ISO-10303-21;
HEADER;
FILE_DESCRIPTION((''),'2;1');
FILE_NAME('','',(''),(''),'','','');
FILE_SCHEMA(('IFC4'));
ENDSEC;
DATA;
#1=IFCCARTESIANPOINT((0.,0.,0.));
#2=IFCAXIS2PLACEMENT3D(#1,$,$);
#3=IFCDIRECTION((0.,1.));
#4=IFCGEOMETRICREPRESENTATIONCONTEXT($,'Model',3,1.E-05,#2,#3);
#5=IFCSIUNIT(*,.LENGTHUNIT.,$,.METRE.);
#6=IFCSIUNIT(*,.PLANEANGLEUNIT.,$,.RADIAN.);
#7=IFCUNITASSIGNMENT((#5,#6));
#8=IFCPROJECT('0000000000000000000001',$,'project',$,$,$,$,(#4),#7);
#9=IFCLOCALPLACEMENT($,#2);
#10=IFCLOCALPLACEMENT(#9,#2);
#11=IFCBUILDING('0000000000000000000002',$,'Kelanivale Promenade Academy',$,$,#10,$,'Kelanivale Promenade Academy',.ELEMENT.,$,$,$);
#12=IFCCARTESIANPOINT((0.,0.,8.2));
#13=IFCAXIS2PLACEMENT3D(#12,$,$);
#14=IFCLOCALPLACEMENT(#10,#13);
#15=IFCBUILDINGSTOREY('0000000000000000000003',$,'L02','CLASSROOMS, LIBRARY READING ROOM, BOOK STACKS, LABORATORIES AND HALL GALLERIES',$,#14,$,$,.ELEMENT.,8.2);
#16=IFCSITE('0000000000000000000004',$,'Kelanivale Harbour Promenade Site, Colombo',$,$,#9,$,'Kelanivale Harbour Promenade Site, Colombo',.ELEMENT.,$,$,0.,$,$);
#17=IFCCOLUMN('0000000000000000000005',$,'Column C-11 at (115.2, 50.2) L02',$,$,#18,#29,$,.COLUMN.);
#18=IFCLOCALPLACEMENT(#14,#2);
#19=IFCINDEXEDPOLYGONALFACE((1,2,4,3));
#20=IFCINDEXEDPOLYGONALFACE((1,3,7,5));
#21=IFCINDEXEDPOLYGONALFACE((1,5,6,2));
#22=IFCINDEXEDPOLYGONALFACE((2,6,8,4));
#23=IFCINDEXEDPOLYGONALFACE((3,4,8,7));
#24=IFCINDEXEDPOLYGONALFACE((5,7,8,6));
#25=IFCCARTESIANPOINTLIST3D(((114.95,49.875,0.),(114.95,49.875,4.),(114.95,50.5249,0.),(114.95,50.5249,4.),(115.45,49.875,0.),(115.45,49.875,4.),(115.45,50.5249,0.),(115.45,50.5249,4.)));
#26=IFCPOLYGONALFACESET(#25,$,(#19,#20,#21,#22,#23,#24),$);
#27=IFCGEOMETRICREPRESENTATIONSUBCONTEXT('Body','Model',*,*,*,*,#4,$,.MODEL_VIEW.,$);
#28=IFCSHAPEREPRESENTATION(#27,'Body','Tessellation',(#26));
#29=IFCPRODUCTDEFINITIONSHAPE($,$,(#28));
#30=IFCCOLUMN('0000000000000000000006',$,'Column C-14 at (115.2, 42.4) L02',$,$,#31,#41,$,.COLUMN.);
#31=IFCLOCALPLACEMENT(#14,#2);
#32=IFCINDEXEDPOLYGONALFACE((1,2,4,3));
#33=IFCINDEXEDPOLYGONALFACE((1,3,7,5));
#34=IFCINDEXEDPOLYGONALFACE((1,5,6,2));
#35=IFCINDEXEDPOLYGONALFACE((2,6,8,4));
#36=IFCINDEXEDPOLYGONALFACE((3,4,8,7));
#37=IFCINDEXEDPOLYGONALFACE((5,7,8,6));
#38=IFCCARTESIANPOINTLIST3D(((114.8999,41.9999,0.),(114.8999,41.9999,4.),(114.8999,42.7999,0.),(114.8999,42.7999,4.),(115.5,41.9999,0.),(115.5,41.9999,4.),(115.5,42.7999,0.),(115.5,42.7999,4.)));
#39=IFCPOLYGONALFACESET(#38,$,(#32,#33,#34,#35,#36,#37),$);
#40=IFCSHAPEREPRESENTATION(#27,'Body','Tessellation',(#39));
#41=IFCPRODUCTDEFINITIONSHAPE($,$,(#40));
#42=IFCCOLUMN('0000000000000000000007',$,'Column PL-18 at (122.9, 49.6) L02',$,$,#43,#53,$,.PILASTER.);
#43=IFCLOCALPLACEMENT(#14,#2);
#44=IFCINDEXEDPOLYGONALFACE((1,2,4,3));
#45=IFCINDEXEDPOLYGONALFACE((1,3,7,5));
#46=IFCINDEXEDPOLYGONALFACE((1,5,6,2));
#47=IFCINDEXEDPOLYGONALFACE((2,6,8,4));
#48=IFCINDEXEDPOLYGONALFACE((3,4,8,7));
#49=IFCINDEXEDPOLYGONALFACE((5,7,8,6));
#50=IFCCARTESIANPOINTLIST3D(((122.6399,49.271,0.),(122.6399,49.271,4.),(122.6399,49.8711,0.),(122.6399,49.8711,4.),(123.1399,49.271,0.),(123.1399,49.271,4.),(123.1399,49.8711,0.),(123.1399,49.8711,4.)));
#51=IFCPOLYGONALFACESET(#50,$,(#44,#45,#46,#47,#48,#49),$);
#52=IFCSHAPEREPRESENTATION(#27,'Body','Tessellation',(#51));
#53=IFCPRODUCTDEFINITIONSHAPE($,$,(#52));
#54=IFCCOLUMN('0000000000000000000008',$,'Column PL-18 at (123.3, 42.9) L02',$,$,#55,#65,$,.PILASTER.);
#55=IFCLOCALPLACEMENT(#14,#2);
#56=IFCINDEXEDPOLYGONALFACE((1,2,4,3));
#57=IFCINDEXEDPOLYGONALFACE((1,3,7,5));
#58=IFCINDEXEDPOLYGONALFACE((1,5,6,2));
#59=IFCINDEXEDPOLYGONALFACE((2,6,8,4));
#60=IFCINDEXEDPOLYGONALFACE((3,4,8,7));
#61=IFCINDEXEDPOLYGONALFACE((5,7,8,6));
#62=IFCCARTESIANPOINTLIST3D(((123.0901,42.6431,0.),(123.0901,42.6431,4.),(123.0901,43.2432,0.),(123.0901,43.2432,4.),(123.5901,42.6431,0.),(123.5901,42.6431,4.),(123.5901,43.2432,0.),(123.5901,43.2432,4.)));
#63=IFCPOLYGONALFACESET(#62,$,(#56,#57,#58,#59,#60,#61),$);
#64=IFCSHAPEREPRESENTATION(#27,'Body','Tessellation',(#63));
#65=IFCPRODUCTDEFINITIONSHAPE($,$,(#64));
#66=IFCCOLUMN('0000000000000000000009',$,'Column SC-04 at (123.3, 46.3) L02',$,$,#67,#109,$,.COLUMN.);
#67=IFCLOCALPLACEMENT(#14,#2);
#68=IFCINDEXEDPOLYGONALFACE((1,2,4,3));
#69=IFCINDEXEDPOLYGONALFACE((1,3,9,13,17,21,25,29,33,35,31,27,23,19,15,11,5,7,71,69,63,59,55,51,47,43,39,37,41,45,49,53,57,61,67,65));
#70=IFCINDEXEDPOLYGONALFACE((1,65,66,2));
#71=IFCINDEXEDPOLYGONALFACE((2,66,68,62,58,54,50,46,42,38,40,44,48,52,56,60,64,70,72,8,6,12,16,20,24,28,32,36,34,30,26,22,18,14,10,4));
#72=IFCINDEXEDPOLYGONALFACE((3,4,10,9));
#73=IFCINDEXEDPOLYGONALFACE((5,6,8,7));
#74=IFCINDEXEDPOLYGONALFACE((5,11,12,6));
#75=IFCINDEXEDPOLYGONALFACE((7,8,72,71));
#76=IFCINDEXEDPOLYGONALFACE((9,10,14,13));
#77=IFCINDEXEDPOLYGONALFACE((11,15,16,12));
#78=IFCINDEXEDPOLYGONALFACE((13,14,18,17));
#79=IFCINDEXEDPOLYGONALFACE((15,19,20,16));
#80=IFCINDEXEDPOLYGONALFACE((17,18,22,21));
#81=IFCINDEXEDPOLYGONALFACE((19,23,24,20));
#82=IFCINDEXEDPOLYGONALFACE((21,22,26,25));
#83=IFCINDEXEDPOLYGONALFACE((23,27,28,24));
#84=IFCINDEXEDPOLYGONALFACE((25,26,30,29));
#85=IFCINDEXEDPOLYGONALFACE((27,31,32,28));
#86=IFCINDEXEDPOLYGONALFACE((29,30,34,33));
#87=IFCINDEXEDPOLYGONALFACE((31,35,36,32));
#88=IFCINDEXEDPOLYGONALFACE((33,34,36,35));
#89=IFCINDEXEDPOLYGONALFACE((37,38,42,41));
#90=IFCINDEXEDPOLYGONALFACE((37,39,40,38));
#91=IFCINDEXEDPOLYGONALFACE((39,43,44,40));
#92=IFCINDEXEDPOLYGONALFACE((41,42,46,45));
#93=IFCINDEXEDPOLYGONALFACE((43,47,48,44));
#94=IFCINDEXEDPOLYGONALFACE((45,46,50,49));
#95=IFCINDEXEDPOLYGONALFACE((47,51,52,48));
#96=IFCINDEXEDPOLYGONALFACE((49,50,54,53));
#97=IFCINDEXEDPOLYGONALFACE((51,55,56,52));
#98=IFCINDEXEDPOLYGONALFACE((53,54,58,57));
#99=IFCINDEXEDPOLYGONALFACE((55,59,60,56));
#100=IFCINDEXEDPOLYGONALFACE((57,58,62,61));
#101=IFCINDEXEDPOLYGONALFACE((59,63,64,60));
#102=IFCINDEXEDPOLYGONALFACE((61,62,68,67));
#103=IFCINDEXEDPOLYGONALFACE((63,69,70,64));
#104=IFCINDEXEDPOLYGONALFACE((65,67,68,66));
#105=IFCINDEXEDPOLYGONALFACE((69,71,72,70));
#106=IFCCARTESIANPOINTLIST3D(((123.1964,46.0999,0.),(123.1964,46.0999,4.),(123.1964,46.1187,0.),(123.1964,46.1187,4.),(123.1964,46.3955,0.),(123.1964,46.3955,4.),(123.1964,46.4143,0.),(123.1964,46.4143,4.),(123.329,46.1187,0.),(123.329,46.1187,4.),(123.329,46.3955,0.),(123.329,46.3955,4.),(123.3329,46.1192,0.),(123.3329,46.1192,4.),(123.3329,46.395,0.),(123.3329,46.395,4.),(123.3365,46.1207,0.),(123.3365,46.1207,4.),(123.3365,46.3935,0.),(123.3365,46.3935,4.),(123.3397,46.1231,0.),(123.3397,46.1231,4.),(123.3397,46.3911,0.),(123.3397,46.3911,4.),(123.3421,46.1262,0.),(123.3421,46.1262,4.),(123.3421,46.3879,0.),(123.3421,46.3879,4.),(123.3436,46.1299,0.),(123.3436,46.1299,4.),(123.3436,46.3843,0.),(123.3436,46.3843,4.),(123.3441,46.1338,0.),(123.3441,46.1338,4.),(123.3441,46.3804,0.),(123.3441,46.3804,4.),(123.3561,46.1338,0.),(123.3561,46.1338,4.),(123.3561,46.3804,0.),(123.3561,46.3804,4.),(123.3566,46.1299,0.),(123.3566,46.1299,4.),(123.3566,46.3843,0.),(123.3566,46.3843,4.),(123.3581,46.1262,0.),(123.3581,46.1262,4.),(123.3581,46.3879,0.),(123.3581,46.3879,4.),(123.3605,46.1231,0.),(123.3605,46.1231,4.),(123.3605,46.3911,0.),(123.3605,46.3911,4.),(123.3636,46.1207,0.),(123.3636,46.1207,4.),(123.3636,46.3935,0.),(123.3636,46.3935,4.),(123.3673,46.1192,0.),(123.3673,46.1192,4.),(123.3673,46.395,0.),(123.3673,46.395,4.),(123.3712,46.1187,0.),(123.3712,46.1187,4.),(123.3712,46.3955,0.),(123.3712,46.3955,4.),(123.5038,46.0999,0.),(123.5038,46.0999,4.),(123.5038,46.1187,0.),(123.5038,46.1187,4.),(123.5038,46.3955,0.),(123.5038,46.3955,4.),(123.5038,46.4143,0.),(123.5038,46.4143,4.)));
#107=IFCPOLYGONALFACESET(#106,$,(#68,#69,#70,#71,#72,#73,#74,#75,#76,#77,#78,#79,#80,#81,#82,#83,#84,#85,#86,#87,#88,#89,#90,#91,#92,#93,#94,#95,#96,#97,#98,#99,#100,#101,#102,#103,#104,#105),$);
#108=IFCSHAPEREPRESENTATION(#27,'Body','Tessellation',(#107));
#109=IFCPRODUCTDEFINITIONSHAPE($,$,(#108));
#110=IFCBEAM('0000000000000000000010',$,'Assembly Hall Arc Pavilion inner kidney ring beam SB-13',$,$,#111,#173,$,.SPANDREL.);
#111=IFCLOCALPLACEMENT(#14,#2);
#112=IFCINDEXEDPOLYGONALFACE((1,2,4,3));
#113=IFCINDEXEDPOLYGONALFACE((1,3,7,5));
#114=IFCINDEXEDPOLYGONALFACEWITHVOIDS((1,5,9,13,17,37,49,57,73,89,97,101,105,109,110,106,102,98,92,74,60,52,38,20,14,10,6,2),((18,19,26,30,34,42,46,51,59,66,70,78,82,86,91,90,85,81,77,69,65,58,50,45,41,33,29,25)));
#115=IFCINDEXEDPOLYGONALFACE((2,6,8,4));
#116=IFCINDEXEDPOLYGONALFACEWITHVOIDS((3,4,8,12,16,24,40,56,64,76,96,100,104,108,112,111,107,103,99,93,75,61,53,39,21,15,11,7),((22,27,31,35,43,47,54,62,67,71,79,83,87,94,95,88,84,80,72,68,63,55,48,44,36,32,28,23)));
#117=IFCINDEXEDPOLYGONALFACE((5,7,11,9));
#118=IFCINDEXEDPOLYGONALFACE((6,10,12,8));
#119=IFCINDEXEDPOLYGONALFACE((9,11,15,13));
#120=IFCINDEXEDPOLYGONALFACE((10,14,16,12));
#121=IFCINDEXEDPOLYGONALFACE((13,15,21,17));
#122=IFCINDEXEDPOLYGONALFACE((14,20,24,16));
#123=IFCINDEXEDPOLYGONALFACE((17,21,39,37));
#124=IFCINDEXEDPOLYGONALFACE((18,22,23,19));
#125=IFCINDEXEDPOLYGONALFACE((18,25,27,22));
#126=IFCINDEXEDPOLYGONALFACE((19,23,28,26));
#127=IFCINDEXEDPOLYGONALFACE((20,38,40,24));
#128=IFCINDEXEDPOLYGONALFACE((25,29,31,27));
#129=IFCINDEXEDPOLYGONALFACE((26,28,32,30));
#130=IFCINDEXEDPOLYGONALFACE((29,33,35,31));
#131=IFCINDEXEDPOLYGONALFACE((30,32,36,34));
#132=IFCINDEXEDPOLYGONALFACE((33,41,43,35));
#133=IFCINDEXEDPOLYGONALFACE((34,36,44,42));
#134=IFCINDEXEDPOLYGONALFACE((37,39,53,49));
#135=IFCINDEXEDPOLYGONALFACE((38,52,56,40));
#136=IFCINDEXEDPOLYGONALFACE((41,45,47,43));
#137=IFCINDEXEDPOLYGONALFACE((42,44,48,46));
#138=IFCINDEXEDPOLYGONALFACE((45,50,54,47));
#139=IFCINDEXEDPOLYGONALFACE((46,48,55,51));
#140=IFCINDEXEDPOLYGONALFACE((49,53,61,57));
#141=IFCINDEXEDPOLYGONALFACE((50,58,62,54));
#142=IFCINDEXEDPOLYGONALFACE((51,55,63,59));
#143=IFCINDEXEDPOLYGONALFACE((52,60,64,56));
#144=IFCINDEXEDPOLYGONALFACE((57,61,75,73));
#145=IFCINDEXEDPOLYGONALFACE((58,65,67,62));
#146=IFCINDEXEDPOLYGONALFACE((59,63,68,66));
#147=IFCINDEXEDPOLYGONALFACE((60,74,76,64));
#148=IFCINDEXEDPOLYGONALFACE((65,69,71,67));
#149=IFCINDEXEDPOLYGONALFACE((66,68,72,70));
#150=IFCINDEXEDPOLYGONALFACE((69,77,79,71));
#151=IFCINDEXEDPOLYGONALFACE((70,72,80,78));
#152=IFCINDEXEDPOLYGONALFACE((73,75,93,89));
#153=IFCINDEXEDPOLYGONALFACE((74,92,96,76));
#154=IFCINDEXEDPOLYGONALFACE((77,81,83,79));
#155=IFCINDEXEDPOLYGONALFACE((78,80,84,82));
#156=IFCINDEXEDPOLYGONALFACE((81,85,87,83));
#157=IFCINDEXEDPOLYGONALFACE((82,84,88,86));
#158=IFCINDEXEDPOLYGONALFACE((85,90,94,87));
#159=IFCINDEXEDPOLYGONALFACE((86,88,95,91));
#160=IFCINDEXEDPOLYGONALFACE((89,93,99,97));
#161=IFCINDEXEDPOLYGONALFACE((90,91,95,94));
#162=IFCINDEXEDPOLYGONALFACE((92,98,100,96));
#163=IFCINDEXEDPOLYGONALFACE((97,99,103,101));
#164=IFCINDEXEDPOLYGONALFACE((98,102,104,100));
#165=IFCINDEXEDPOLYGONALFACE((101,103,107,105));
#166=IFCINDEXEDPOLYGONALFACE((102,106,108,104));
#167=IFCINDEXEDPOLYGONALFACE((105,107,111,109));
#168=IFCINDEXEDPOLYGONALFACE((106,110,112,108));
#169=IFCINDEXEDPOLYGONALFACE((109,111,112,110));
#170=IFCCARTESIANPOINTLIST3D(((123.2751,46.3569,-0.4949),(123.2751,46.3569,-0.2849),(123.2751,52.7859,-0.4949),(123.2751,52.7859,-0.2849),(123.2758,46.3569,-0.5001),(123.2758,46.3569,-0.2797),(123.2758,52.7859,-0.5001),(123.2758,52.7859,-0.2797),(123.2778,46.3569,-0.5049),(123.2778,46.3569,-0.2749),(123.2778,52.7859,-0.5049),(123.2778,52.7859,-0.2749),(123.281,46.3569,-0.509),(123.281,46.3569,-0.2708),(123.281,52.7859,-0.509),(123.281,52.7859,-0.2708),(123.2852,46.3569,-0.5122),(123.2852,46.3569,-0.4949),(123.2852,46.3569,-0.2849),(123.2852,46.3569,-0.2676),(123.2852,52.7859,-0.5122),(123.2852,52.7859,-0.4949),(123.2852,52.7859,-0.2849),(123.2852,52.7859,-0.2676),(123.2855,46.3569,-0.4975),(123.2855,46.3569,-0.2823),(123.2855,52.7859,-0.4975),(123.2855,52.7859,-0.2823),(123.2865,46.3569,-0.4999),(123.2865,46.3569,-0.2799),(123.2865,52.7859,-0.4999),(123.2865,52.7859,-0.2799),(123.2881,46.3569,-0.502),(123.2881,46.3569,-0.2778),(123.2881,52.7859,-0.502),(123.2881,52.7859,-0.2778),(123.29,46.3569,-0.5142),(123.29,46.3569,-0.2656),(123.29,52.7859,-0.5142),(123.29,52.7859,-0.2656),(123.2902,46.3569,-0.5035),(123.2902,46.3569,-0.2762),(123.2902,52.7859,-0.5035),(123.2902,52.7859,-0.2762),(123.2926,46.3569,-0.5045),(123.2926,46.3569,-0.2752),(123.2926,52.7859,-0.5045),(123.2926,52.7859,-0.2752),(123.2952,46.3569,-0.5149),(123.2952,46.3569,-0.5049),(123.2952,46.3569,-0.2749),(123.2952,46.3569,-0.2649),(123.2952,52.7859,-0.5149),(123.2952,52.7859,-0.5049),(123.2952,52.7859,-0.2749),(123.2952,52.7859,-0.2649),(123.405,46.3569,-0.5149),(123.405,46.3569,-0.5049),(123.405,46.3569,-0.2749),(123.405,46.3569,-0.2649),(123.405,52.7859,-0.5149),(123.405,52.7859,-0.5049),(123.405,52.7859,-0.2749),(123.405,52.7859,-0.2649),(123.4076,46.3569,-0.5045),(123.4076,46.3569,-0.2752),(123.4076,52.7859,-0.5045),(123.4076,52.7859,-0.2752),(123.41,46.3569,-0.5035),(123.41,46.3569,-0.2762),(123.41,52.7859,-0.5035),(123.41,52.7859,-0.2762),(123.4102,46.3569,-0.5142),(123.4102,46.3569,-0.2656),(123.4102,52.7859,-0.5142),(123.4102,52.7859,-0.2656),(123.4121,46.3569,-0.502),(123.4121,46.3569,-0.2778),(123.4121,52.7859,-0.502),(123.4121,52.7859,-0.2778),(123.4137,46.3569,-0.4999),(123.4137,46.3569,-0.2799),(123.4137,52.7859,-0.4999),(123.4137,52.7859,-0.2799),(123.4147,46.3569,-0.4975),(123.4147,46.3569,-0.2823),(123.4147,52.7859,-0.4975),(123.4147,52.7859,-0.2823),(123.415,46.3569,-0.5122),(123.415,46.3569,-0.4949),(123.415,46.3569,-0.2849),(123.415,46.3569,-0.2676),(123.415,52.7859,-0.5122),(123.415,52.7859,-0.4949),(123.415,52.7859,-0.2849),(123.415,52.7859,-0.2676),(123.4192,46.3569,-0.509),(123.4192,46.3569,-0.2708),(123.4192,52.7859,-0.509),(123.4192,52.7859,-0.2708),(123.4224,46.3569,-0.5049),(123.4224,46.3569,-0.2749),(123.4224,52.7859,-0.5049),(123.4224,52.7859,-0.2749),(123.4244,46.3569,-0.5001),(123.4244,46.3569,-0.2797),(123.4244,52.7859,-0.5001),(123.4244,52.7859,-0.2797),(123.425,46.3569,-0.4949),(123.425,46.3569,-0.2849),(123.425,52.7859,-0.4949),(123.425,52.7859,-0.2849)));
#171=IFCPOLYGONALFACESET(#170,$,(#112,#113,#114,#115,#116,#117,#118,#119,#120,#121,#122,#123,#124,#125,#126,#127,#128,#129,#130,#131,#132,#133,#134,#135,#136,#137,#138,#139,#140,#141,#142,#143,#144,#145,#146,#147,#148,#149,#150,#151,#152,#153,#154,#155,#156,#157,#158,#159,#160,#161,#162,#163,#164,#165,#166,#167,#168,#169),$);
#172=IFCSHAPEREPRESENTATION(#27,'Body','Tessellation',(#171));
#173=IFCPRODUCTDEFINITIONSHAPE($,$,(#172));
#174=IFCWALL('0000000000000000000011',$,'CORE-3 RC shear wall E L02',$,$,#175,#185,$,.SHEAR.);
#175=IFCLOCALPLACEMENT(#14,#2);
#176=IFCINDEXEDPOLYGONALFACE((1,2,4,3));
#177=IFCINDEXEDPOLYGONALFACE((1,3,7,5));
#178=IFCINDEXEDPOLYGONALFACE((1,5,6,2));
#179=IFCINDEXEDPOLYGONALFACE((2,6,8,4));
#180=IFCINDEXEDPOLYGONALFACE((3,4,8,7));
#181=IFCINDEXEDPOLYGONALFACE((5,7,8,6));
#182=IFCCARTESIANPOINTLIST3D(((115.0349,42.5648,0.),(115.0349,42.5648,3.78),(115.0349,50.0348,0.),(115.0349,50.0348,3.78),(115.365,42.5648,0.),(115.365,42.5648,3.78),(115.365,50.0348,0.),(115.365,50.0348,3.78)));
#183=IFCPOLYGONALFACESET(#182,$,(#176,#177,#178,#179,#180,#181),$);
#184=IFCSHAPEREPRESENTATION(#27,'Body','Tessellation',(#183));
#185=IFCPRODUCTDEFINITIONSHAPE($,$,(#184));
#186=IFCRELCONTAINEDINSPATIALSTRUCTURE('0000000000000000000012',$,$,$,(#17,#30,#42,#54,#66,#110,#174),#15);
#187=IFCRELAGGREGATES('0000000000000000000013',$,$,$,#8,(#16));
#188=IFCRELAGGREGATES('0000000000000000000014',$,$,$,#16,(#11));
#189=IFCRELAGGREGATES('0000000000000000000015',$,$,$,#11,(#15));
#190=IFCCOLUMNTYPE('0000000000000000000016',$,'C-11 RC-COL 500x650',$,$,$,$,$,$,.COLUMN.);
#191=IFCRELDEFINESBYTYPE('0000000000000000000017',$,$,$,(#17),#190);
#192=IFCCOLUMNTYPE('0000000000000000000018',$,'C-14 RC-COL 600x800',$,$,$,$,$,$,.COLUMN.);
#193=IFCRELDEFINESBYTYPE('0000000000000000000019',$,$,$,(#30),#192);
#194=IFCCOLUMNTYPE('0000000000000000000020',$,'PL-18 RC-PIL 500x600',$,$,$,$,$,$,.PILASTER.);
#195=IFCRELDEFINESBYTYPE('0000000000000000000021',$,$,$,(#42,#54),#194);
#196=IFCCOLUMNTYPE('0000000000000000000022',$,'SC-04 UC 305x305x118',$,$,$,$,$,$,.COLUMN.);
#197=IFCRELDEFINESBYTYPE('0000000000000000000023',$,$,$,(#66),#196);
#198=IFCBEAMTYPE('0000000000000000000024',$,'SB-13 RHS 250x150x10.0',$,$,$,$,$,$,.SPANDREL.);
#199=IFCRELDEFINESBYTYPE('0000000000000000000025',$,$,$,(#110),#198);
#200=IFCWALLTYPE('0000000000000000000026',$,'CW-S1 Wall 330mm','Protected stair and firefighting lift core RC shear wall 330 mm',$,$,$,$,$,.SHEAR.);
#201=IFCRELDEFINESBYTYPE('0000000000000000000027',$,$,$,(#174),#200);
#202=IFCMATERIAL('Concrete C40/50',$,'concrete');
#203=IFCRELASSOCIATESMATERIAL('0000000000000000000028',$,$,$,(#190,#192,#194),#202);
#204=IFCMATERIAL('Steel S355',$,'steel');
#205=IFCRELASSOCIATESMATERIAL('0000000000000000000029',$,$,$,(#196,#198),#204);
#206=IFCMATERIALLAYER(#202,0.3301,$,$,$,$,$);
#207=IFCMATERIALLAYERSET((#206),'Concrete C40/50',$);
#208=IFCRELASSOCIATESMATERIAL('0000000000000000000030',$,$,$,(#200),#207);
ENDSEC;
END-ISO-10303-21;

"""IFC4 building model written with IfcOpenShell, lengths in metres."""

from ifc_helpers import new_model, si_unit, direction, frame, frame_2d, origin, origin_2d, place, context, subcontext, project, spatial, rectangle, hollow_rectangle, i_section, extrude, material, layer, layer_set, material_profile, profile_set, type_object, element, save


model = new_model("IFC4")

# Units and contexts
model_context = context("Model", 3, precision=1e-05, world=origin(), true_north=direction((0.0, 1.0)))
body_context = subcontext(model_context, "Body", "Model", "MODEL_VIEW")
ifc_project = project(units=[si_unit("LENGTHUNIT", "METRE"), si_unit("PLANEANGLEUNIT", "RADIAN")], contexts=[model_context])

# Site, building, storey
site_placement = place(None, origin())
site = spatial("IfcSite", under=ifc_project, at=site_placement, Name="Kelanivale Harbour Promenade Site, Colombo", LongName="Kelanivale Harbour Promenade Site, Colombo", CompositionType="ELEMENT", RefElevation=0.0)
building_placement = place(site_placement, origin())
building = spatial("IfcBuilding", under=site, at=building_placement, Name="Kelanivale Promenade Academy", LongName="Kelanivale Promenade Academy", CompositionType="ELEMENT")
storey_placement = place(building_placement, frame((0.0, 0.0, 8.2)))
storey = spatial("IfcBuildingStorey", under=building, at=storey_placement, Name="L02", Description="CLASSROOMS, LIBRARY READING ROOM, BOOK STACKS, LABORATORIES AND HALL GALLERIES", CompositionType="ELEMENT", Elevation=8.2)

# Columns
ifc_material_1 = material(Name="Concrete C40/50", Category="concrete")
ifc_material_profile_1 = material_profile(ifc_material_1, rectangle(XDim=0.5, YDim=0.6499, at=origin_2d()), Name="RC-COL 500x650")
ifc_profile_set_1 = profile_set([ifc_material_profile_1], Name="Concrete C40/50")
column_type_1 = type_object("IfcColumnType", Name="C-11 RC-COL 500x650", PredefinedType="COLUMN", material=ifc_profile_set_1)
column_1_placement = place(storey_placement, frame((115.2, 50.2, 0.0), z_axis=(0.0, 0.0, 1.0), x_axis=(1.0, 0.0, 0.0)))
element("IfcColumn", 1, at=column_1_placement, inside=storey, type_object=column_type_1, Name="Column C-11 at (115.2, 50.2) L02", PredefinedType="COLUMN", context=body_context, shape_type="SweptSolid", body=[
    extrude(rectangle(XDim=0.5, YDim=0.6499, at=origin_2d()), origin(), (0.0, 0.0, 1.0), 4.0),
])
ifc_material_profile_2 = material_profile(ifc_material_1, rectangle(XDim=0.6001, YDim=0.8, at=origin_2d()), Name="RC-COL 600x800")
ifc_profile_set_2 = profile_set([ifc_material_profile_2], Name="Concrete C40/50")
column_type_2 = type_object("IfcColumnType", Name="C-14 RC-COL 600x800", PredefinedType="COLUMN", material=ifc_profile_set_2)
column_2_placement = place(storey_placement, frame((115.2, 42.3999, 0.0), z_axis=(0.0, 0.0, 1.0), x_axis=(1.0, 0.0, 0.0)))
element("IfcColumn", 2, at=column_2_placement, inside=storey, type_object=column_type_2, Name="Column C-14 at (115.2, 42.4) L02", PredefinedType="COLUMN", context=body_context, shape_type="SweptSolid", body=[
    extrude(rectangle(XDim=0.6001, YDim=0.8, at=origin_2d()), origin(), (0.0, 0.0, 1.0), 4.0),
])
ifc_material_profile_3 = material_profile(ifc_material_1, rectangle(XDim=0.5, YDim=0.6001, at=origin_2d()), Name="RC-PIL 500x600")
ifc_profile_set_3 = profile_set([ifc_material_profile_3], Name="Concrete C40/50")
column_type_3 = type_object("IfcColumnType", Name="PL-18 RC-PIL 500x600", PredefinedType="PILASTER", material=ifc_profile_set_3)
for number, where, z_axis, x_axis, name in (
    (3, (122.8899, 49.571, 0.0), (0.0, 0.0, 1.0), (1.0, 0.0, 0.0), "Column PL-18 at (122.9, 49.6) L02"),
    (4, (123.3401, 42.9431, 0.0), (0.0, 0.0, 1.0), (1.0, 0.0, 0.0), "Column PL-18 at (123.3, 42.9) L02"),
):
    element("IfcColumn", number, at=place(storey_placement, frame(where, z_axis=z_axis, x_axis=x_axis)), inside=storey, type_object=column_type_3, Name=name, PredefinedType="PILASTER", context=body_context, shape_type="SweptSolid", body=[
        extrude(rectangle(XDim=0.5, YDim=0.6001, at=origin_2d()), origin(), (0.0, 0.0, 1.0), 4.0),
    ])
ifc_material_2 = material(Name="Steel S355", Category="steel")
ifc_material_profile_4 = material_profile(ifc_material_2, i_section(OverallWidth=0.3074, OverallDepth=0.3145, WebThickness=0.012, FlangeThickness=0.0188, FilletRadius=0.0151, at=origin_2d()), Name="UC 305x305x118")
ifc_profile_set_4 = profile_set([ifc_material_profile_4], Name="Steel S355")
column_type_4 = type_object("IfcColumnType", Name="SC-04 UC 305x305x118", PredefinedType="COLUMN", material=ifc_profile_set_4)
column_3_placement = place(storey_placement, frame((123.3501, 46.2571, 0.0), z_axis=(0.0, 0.0, 1.0), x_axis=(1.0, 0.0, 0.0)))
element("IfcColumn", 5, at=column_3_placement, inside=storey, type_object=column_type_4, Name="Column SC-04 at (123.3, 46.3) L02", PredefinedType="COLUMN", context=body_context, shape_type="SweptSolid", body=[
    extrude(i_section(OverallWidth=0.3074, OverallDepth=0.3145, WebThickness=0.012, FlangeThickness=0.0188, FilletRadius=0.0151, at=origin_2d()), origin(), (0.0, 0.0, 1.0), 4.0),
])

# Beam
ifc_material_profile_5 = material_profile(ifc_material_2, hollow_rectangle(XDim=0.1499, YDim=0.25, WallThickness=0.01, InnerFilletRadius=0.01, OuterFilletRadius=0.02, at=origin_2d()), Name="RHS 250x150x10.0")
ifc_profile_set_5 = profile_set([ifc_material_profile_5], Name="Steel S355")
beam_type = type_object("IfcBeamType", Name="SB-13 RHS 250x150x10.0", PredefinedType="SPANDREL", material=ifc_profile_set_5)
beam_placement = place(storey_placement, frame((123.3501, 46.3569, -0.3899), z_axis=(0.0, 1.0, 0.0), x_axis=(-1.0, 0.0, 0.0)))
element("IfcBeam", 6, at=beam_placement, inside=storey, type_object=beam_type, Name="Assembly Hall Arc Pavilion inner kidney ring beam SB-13", PredefinedType="SPANDREL", context=body_context, shape_type="SweptSolid", body=[
    extrude(hollow_rectangle(XDim=0.1499, YDim=0.25, WallThickness=0.01, InnerFilletRadius=0.01, OuterFilletRadius=0.02, at=origin_2d()), origin(), (0.0, 0.0, 1.0), 6.429),
])

# Wall
ifc_layer_1 = layer(ifc_material_1, 0.3301)
ifc_layer_set_1 = layer_set([ifc_layer_1], Name="Concrete C40/50")
wall_type_1 = type_object("IfcWallType", Name="CW-S1 Wall 330mm", Description="Protected stair and firefighting lift core RC shear wall 330 mm", PredefinedType="SHEAR", material=ifc_layer_set_1)
wall_1_placement = place(storey_placement, frame((115.2, 42.5649, 0.0), z_axis=(0.0, 0.0, 1.0), x_axis=(0.0, 1.0, 0.0)))
element("IfcWall", 7, at=wall_1_placement, inside=storey, type_object=wall_type_1, Name="CORE-3 RC shear wall E L02", PredefinedType="SHEAR", context=body_context, shape_type="SweptSolid", body=[
    extrude(rectangle(XDim=7.47, YDim=0.3301, at=frame_2d((3.7349, 0.0))), origin(), (0.0, 0.0, 1.0), 3.78),
])

save(model, "model.ifc")
